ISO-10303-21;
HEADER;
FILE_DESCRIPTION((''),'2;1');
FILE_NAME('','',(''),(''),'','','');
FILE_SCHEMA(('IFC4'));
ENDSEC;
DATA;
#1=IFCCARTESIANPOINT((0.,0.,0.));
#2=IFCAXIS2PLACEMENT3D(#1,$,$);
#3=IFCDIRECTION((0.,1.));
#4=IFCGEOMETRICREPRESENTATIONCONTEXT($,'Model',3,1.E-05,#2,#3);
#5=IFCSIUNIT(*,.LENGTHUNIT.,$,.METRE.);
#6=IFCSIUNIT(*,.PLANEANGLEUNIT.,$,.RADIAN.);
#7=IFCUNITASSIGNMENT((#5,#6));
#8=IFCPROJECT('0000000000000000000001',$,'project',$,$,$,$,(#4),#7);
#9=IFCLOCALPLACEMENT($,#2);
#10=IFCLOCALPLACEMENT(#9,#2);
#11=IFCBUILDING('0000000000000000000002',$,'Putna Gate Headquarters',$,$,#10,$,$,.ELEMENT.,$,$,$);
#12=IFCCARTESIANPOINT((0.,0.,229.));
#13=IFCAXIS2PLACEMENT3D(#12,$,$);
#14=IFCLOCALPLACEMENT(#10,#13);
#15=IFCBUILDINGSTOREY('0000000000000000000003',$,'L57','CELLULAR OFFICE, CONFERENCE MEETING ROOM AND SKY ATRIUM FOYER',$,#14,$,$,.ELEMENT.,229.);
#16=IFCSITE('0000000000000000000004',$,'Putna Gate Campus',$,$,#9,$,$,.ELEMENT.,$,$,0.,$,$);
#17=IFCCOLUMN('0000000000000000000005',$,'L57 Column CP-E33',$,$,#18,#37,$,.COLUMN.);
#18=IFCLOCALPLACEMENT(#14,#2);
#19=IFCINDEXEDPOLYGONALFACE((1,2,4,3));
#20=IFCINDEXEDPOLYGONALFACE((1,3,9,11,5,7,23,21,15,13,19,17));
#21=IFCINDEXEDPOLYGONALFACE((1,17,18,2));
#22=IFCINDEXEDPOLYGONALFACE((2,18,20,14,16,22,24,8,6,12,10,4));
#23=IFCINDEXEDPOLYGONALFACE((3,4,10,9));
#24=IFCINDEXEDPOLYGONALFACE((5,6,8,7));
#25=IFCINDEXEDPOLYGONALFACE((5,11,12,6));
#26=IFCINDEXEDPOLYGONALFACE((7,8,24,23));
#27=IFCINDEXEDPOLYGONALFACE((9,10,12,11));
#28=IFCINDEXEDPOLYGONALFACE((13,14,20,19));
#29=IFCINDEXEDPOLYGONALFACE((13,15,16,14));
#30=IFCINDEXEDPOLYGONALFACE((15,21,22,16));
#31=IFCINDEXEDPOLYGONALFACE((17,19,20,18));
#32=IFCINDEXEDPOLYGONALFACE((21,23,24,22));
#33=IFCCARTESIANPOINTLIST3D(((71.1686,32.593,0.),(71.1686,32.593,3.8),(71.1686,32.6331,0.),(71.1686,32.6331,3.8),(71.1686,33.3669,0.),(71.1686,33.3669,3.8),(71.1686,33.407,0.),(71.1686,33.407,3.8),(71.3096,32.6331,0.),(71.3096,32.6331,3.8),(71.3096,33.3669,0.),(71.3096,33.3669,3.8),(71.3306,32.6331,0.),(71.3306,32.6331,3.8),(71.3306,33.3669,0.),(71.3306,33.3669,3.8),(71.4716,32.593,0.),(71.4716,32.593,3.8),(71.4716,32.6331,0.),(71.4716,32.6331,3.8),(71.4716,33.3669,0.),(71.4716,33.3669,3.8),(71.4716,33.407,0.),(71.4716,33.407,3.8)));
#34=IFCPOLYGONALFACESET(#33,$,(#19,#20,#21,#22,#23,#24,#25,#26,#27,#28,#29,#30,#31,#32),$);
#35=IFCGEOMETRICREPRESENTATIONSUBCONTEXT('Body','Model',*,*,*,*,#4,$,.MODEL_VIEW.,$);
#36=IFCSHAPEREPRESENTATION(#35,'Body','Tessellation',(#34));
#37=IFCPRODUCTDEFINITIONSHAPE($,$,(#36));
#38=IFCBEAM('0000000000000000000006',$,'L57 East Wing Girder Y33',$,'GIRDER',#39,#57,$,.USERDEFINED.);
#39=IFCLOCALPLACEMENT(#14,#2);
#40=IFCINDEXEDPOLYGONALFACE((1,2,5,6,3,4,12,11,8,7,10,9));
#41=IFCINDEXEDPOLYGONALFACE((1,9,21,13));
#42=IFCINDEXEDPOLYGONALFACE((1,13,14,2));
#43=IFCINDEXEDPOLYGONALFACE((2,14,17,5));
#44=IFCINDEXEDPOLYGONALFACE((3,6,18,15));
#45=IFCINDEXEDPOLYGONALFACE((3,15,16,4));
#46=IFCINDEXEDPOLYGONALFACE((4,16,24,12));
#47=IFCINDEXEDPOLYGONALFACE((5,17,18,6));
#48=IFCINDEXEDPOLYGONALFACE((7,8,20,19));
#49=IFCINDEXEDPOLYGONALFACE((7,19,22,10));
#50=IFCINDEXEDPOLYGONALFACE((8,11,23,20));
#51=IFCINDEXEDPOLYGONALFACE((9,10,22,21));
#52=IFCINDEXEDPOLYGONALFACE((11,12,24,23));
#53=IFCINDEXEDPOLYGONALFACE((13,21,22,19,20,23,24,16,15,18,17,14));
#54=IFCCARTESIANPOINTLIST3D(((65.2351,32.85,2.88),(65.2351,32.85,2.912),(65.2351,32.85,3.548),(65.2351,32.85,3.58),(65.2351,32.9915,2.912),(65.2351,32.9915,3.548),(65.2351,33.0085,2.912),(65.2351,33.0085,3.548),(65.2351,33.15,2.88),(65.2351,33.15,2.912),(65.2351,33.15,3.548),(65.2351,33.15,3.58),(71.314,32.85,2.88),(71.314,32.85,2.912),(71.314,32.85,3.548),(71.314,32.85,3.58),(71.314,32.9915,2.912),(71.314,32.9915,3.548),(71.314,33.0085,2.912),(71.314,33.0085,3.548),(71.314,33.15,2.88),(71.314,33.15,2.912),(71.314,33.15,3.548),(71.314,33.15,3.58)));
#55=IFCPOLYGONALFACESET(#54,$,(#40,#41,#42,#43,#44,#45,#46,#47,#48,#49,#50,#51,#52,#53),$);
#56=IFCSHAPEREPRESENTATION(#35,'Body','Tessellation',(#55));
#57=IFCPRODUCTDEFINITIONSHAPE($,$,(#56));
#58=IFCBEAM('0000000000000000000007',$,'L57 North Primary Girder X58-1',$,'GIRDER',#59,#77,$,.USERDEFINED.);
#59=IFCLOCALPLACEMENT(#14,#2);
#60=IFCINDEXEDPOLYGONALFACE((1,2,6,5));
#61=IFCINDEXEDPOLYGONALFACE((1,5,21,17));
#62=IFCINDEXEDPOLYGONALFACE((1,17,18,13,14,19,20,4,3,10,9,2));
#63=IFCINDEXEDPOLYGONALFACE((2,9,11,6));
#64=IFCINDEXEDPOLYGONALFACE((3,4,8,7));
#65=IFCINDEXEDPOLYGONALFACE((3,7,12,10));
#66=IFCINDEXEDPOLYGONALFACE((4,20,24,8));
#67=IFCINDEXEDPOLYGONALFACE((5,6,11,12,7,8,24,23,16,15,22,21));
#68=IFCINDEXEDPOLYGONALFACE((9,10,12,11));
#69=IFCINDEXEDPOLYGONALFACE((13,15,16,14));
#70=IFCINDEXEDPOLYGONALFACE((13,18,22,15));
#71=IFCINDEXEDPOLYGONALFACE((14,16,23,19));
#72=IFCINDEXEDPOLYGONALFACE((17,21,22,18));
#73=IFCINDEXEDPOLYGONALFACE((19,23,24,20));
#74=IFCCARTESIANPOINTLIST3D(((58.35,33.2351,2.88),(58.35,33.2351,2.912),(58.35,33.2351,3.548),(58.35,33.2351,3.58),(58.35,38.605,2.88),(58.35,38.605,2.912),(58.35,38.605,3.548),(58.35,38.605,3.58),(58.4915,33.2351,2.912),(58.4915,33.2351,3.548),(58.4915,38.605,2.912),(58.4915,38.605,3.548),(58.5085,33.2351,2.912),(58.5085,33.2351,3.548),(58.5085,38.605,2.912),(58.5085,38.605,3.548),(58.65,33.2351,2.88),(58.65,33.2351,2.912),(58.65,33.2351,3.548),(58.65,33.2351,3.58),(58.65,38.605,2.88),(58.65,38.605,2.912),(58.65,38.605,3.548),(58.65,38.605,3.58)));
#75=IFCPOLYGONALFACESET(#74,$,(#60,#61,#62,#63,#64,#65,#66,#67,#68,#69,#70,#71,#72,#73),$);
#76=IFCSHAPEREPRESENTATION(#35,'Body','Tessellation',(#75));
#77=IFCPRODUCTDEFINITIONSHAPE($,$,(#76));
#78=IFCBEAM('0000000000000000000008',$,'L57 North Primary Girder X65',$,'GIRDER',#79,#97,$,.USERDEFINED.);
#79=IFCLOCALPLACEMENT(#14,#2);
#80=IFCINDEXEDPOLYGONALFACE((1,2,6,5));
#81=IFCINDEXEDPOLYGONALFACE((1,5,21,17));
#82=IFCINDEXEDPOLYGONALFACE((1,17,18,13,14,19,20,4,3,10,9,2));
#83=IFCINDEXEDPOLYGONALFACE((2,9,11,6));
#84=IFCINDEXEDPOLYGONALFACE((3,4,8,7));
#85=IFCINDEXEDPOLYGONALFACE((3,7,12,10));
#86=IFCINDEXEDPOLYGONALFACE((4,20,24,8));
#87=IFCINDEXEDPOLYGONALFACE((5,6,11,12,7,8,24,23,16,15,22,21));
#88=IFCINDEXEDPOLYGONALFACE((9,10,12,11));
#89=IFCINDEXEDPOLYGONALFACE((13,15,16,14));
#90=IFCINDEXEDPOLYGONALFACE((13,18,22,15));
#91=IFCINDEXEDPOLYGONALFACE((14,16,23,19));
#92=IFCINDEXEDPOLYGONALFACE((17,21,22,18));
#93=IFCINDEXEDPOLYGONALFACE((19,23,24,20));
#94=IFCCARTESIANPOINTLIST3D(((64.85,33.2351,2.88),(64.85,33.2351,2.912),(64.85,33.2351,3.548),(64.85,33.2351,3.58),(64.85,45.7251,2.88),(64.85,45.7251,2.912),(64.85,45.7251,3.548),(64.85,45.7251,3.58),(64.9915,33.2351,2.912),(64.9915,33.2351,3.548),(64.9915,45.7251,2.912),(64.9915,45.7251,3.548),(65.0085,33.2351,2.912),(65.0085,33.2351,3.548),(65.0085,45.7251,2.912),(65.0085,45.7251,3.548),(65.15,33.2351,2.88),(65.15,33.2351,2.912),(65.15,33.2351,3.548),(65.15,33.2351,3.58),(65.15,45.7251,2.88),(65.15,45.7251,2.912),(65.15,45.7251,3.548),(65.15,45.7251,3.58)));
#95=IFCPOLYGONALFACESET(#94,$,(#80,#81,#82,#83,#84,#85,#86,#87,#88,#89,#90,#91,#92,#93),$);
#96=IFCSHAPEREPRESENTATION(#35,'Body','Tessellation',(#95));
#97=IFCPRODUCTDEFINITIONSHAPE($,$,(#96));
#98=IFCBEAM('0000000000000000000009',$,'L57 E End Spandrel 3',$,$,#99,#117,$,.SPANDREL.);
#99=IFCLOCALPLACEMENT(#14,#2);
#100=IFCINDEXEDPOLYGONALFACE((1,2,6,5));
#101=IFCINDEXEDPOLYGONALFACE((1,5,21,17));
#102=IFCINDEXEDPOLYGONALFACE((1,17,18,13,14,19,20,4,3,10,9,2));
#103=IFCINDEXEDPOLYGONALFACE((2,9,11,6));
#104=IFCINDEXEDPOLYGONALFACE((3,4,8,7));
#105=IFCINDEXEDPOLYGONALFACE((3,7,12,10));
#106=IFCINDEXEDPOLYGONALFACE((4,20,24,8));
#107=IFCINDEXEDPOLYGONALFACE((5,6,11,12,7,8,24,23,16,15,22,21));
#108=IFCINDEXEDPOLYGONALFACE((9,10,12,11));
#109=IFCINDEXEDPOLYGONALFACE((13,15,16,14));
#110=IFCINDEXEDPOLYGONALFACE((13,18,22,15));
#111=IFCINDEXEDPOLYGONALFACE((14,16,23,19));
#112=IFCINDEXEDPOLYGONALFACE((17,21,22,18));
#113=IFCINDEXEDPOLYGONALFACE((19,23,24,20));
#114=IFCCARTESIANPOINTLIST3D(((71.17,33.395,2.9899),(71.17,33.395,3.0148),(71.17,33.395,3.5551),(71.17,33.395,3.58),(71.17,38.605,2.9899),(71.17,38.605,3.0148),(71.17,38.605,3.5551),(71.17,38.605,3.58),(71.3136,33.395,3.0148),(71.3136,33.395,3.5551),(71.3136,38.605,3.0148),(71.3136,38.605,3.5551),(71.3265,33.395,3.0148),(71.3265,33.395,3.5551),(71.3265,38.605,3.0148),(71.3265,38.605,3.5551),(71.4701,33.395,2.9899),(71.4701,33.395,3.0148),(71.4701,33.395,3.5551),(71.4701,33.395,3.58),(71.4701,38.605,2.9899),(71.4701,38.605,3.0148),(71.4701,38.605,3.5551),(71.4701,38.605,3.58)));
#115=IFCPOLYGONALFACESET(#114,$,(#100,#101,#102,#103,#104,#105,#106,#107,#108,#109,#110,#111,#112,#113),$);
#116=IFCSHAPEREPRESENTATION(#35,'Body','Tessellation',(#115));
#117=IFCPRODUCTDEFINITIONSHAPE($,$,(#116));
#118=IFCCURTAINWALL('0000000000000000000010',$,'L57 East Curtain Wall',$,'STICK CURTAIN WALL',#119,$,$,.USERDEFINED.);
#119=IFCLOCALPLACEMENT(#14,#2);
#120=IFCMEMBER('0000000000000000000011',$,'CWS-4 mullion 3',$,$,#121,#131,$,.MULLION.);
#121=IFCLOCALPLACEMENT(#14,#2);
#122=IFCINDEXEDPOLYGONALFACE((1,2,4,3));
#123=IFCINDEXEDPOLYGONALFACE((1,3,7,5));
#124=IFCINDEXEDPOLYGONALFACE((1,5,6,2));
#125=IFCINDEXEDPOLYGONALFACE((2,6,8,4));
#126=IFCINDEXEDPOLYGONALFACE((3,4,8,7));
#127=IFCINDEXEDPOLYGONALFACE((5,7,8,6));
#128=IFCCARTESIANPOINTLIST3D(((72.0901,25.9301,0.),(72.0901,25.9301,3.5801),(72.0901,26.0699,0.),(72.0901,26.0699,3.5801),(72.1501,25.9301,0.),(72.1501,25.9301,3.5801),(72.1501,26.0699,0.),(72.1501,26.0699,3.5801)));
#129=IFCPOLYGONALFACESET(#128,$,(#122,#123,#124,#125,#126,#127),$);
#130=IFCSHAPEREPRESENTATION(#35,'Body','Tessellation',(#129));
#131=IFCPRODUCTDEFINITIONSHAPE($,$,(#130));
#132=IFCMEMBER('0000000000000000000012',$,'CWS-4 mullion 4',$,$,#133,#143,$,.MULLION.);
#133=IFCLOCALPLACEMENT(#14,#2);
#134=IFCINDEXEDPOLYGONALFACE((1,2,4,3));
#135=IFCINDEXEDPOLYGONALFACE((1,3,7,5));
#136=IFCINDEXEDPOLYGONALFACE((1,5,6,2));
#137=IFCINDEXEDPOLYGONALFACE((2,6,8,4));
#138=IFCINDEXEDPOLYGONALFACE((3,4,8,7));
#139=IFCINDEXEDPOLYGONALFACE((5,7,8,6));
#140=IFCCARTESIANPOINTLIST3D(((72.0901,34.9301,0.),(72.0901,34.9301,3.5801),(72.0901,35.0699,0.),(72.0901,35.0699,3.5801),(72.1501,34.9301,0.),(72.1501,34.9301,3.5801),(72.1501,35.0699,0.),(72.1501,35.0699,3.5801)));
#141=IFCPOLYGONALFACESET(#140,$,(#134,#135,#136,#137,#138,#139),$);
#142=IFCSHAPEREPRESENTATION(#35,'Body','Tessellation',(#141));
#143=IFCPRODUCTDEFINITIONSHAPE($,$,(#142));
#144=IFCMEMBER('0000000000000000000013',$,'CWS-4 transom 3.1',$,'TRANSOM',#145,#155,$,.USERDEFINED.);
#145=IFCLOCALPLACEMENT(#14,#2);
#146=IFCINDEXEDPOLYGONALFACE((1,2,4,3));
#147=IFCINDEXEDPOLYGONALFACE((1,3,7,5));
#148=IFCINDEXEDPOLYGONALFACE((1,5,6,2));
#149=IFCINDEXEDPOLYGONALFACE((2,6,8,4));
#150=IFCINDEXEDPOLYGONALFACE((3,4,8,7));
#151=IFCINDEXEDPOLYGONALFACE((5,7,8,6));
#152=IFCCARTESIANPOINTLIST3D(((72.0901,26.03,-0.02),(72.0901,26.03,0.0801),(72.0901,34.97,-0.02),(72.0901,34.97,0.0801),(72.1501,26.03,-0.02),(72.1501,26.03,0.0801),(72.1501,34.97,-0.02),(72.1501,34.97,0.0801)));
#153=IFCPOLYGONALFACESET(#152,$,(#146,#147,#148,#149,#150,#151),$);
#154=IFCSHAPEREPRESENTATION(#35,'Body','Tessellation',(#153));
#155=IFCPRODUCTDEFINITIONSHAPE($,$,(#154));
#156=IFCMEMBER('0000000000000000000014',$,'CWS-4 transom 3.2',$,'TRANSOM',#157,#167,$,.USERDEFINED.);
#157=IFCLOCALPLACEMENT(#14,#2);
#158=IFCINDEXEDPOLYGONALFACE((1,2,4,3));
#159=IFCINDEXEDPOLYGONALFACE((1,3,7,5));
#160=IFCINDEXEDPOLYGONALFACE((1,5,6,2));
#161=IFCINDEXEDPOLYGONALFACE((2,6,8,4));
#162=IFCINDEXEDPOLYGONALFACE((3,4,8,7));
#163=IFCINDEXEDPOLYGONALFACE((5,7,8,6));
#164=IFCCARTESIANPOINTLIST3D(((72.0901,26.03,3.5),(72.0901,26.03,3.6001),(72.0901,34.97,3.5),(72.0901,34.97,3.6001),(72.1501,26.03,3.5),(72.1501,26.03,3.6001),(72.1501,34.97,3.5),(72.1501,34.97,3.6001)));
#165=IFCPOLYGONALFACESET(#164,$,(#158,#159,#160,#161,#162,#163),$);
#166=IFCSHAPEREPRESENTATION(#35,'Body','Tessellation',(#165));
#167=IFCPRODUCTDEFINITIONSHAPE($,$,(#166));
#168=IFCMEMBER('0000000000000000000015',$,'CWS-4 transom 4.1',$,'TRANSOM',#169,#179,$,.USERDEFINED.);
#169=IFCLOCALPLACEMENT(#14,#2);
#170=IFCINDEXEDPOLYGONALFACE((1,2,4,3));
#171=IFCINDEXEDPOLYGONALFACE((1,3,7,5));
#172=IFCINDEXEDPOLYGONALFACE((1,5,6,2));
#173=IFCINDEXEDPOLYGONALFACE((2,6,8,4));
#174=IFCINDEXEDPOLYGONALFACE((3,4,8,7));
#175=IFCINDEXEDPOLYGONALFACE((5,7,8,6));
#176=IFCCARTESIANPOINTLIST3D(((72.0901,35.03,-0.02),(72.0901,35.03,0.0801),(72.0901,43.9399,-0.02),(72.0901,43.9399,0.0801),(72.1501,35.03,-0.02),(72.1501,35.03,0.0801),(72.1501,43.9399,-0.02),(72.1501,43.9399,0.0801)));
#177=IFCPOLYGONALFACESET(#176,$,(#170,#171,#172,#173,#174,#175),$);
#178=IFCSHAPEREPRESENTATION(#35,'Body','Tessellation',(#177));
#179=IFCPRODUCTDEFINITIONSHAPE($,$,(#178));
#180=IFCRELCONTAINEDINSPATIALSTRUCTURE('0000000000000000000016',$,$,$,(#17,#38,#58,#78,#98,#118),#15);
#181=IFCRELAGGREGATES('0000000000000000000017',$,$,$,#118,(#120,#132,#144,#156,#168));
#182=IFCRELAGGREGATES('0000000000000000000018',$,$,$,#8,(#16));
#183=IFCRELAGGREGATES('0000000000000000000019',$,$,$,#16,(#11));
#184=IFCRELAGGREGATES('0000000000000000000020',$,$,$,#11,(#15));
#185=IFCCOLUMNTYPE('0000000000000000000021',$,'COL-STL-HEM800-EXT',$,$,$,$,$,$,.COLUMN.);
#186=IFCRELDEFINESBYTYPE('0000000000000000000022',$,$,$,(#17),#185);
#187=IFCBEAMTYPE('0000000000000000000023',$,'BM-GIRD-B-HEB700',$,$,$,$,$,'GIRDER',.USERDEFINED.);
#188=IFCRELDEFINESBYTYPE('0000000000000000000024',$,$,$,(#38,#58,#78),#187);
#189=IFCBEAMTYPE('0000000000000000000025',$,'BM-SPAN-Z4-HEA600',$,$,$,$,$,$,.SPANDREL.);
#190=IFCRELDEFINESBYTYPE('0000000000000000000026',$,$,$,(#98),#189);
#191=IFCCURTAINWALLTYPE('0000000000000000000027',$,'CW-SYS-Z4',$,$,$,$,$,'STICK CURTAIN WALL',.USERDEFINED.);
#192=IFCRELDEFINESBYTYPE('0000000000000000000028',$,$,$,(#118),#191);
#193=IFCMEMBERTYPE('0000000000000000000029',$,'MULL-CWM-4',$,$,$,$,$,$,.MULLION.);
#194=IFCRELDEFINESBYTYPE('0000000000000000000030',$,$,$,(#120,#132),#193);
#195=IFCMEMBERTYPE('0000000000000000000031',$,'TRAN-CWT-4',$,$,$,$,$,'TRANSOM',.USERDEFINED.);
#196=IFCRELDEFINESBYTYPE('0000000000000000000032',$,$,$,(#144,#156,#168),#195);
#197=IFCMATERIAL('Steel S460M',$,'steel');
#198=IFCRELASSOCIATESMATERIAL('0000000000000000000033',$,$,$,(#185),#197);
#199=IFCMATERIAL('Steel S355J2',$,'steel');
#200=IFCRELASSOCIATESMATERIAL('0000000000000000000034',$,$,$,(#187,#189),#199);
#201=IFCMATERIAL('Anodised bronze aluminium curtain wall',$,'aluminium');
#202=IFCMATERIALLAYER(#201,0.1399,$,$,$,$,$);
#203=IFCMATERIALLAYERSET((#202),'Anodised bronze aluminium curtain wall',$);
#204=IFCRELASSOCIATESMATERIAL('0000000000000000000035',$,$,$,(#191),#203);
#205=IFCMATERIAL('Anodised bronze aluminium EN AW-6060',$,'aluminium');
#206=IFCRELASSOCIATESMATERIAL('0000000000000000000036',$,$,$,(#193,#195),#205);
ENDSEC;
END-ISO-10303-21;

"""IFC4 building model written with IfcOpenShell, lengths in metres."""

from ifc_helpers import new_model, si_unit, direction, frame, origin, origin_2d, place, context, subcontext, project, spatial, rectangle, i_section, extrude, material, layer, layer_set, material_profile, profile_set, type_object, element, aggregate, save


model = new_model("IFC4")

# Units and contexts
model_context = context("Model", 3, precision=1e-05, world=origin(), true_north=direction((0.0, 1.0)))
body_context = subcontext(model_context, "Body", "Model", "MODEL_VIEW")
ifc_project = project(units=[si_unit("LENGTHUNIT", "METRE"), si_unit("PLANEANGLEUNIT", "RADIAN")], contexts=[model_context])

# Site, building, storey
site_placement = place(None, origin())
site = spatial("IfcSite", under=ifc_project, at=site_placement, Name="Putna Gate Campus", CompositionType="ELEMENT", RefElevation=0.0)
building_placement = place(site_placement, origin())
building = spatial("IfcBuilding", under=site, at=building_placement, Name="Putna Gate Headquarters", CompositionType="ELEMENT")
storey_placement = place(building_placement, frame((0.0, 0.0, 229.0)))
storey = spatial("IfcBuildingStorey", under=building, at=storey_placement, Name="L57", Description="CELLULAR OFFICE, CONFERENCE MEETING ROOM AND SKY ATRIUM FOYER", CompositionType="ELEMENT", Elevation=229.0)

# Column
ifc_material_1 = material(Name="Steel S460M", Category="steel")
ifc_material_profile_1 = material_profile(ifc_material_1, i_section(OverallWidth=0.303, OverallDepth=0.814, WebThickness=0.021, FlangeThickness=0.04, at=origin_2d()), Name="Steel S460M")
ifc_profile_set_1 = profile_set([ifc_material_profile_1], Name="Steel S460M")
column_type = type_object("IfcColumnType", Name="COL-STL-HEM800-EXT", PredefinedType="COLUMN", material=ifc_profile_set_1)
column_placement = place(storey_placement, frame((71.3201, 33.0, 0.0), z_axis=(0.0, 0.0, 1.0), x_axis=(1.0, 0.0, 0.0)))
element("IfcColumn", 1, at=column_placement, inside=storey, type_object=column_type, Name="L57 Column CP-E33", PredefinedType="COLUMN", context=body_context, shape_type="SweptSolid", body=[
    extrude(i_section(OverallWidth=0.303, OverallDepth=0.814, WebThickness=0.021, FlangeThickness=0.04, at=origin_2d()), origin(), (0.0, 0.0, 1.0), 3.8),
])

# Beams
ifc_material_2 = material(Name="Steel S355J2", Category="steel")
ifc_material_profile_2 = material_profile(ifc_material_2, i_section(OverallWidth=0.3, OverallDepth=0.7, WebThickness=0.0171, FlangeThickness=0.032, at=origin_2d()), Name="Steel S355J2")
ifc_profile_set_2 = profile_set([ifc_material_profile_2], Name="Steel S355J2")
beam_type_1 = type_object("IfcBeamType", Name="BM-GIRD-B-HEB700", ElementType="GIRDER", PredefinedType="USERDEFINED", material=ifc_profile_set_2)
beam_1_placement = place(storey_placement, frame((65.2351, 33.0, 3.23), z_axis=(1.0, 0.0, 0.0), x_axis=(0.0, 1.0, 0.0)))
element("IfcBeam", 2, at=beam_1_placement, inside=storey, type_object=beam_type_1, Name="L57 East Wing Girder Y33", ObjectType="GIRDER", PredefinedType="USERDEFINED", context=body_context, shape_type="SweptSolid", body=[
    extrude(i_section(OverallWidth=0.3, OverallDepth=0.7, WebThickness=0.0171, FlangeThickness=0.032, at=origin_2d()), origin(), (0.0, 0.0, 1.0), 6.0789),
])
beam_2_placement = place(storey_placement, frame((58.5, 33.2351, 3.23), z_axis=(0.0, 1.0, 0.0), x_axis=(-1.0, 0.0, 0.0)))
element("IfcBeam", 3, at=beam_2_placement, inside=storey, type_object=beam_type_1, Name="L57 North Primary Girder X58-1", ObjectType="GIRDER", PredefinedType="USERDEFINED", context=body_context, shape_type="SweptSolid", body=[
    extrude(i_section(OverallWidth=0.3, OverallDepth=0.7, WebThickness=0.0171, FlangeThickness=0.032, at=origin_2d()), origin(), (0.0, 0.0, 1.0), 5.3699),
])
beam_3_placement = place(storey_placement, frame((65.0, 33.2351, 3.23), z_axis=(0.0, 1.0, 0.0), x_axis=(-1.0, 0.0, 0.0)))
element("IfcBeam", 4, at=beam_3_placement, inside=storey, type_object=beam_type_1, Name="L57 North Primary Girder X65", ObjectType="GIRDER", PredefinedType="USERDEFINED", context=body_context, shape_type="SweptSolid", body=[
    extrude(i_section(OverallWidth=0.3, OverallDepth=0.7, WebThickness=0.0171, FlangeThickness=0.032, at=origin_2d()), origin(), (0.0, 0.0, 1.0), 12.49),
])
ifc_material_profile_3 = material_profile(ifc_material_2, i_section(OverallWidth=0.3, OverallDepth=0.5901, WebThickness=0.0129, FlangeThickness=0.0249, at=origin_2d()), Name="Steel S355J2")
ifc_profile_set_3 = profile_set([ifc_material_profile_3], Name="Steel S355J2")
beam_type_2 = type_object("IfcBeamType", Name="BM-SPAN-Z4-HEA600", PredefinedType="SPANDREL", material=ifc_profile_set_3)
beam_4_placement = place(storey_placement, frame((71.3201, 33.395, 3.2849), z_axis=(0.0, 1.0, 0.0), x_axis=(-1.0, 0.0, 0.0)))
element("IfcBeam", 5, at=beam_4_placement, inside=storey, type_object=beam_type_2, Name="L57 E End Spandrel 3", PredefinedType="SPANDREL", context=body_context, shape_type="SweptSolid", body=[
    extrude(i_section(OverallWidth=0.3, OverallDepth=0.5901, WebThickness=0.0129, FlangeThickness=0.0249, at=origin_2d()), origin(), (0.0, 0.0, 1.0), 5.21),
])

# Curtain wall, members
ifc_material_3 = material(Name="Anodised bronze aluminium curtain wall", Category="aluminium")
ifc_layer_1 = layer(ifc_material_3, 0.1399)
ifc_layer_set_1 = layer_set([ifc_layer_1], Name="Anodised bronze aluminium curtain wall")
curtain_wall_type = type_object("IfcCurtainWallType", Name="CW-SYS-Z4", ElementType="STICK CURTAIN WALL", PredefinedType="USERDEFINED", material=ifc_layer_set_1)
curtain_wall_placement = place(storey_placement, origin())
curtain_wall = element("IfcCurtainWall", 6, at=curtain_wall_placement, inside=storey, type_object=curtain_wall_type, Name="L57 East Curtain Wall", ObjectType="STICK CURTAIN WALL", PredefinedType="USERDEFINED")
ifc_material_4 = material(Name="Anodised bronze aluminium EN AW-6060", Category="aluminium")
ifc_material_profile_4 = material_profile(ifc_material_4, rectangle(XDim=0.0601, YDim=0.1399, at=origin_2d()), Name="Anodised bronze aluminium EN AW-6060")
ifc_profile_set_4 = profile_set([ifc_material_profile_4], Name="Anodised bronze aluminium EN AW-6060")
member_type_1 = type_object("IfcMemberType", Name="MULL-CWM-4", PredefinedType="MULLION", material=ifc_profile_set_4)
member_1_placement = place(storey_placement, frame((72.1201, 26.0, 0.0), z_axis=(0.0, 0.0, 1.0), x_axis=(-1.0, 0.0, 0.0)))
member_1 = element("IfcMember", 7, at=member_1_placement, type_object=member_type_1, Name="CWS-4 mullion 3", PredefinedType="MULLION", context=body_context, shape_type="SweptSolid", body=[
    extrude(rectangle(XDim=0.0601, YDim=0.1399, at=origin_2d()), origin(), (0.0, 0.0, 1.0), 3.5801),
])
member_2_placement = place(storey_placement, frame((72.1201, 35.0, 0.0), z_axis=(0.0, 0.0, 1.0), x_axis=(-1.0, 0.0, 0.0)))
member_2 = element("IfcMember", 8, at=member_2_placement, type_object=member_type_1, Name="CWS-4 mullion 4", PredefinedType="MULLION", context=body_context, shape_type="SweptSolid", body=[
    extrude(rectangle(XDim=0.0601, YDim=0.1399, at=origin_2d()), origin(), (0.0, 0.0, 1.0), 3.5801),
])
ifc_material_profile_5 = material_profile(ifc_material_4, rectangle(XDim=0.0601, YDim=0.1001, at=origin_2d()), Name="Anodised bronze aluminium EN AW-6060")
ifc_profile_set_5 = profile_set([ifc_material_profile_5], Name="Anodised bronze aluminium EN AW-6060")
member_type_2 = type_object("IfcMemberType", Name="TRAN-CWT-4", ElementType="TRANSOM", PredefinedType="USERDEFINED", material=ifc_profile_set_5)
member_3_placement = place(storey_placement, frame((72.1201, 26.03, 0.03), z_axis=(0.0, 1.0, 0.0), x_axis=(-1.0, 0.0, 0.0)))
member_3 = element("IfcMember", 9, at=member_3_placement, type_object=member_type_2, Name="CWS-4 transom 3.1", ObjectType="TRANSOM", PredefinedType="USERDEFINED", context=body_context, shape_type="SweptSolid", body=[
    extrude(rectangle(XDim=0.0601, YDim=0.1001, at=origin_2d()), origin(), (0.0, 0.0, 1.0), 8.9399),
])
member_4_placement = place(storey_placement, frame((72.1201, 26.03, 3.55), z_axis=(0.0, 1.0, 0.0), x_axis=(-1.0, 0.0, 0.0)))
member_4 = element("IfcMember", 10, at=member_4_placement, type_object=member_type_2, Name="CWS-4 transom 3.2", ObjectType="TRANSOM", PredefinedType="USERDEFINED", context=body_context, shape_type="SweptSolid", body=[
    extrude(rectangle(XDim=0.0601, YDim=0.1001, at=origin_2d()), origin(), (0.0, 0.0, 1.0), 8.9399),
])
member_5_placement = place(storey_placement, frame((72.1201, 35.03, 0.03), z_axis=(0.0, 1.0, 0.0), x_axis=(-1.0, 0.0, 0.0)))
member_5 = element("IfcMember", 11, at=member_5_placement, type_object=member_type_2, Name="CWS-4 transom 4.1", ObjectType="TRANSOM", PredefinedType="USERDEFINED", context=body_context, shape_type="SweptSolid", body=[
    extrude(rectangle(XDim=0.0601, YDim=0.1001, at=origin_2d()), origin(), (0.0, 0.0, 1.0), 8.9099),
])
aggregate(curtain_wall, [member_1, member_2, member_3, member_4, member_5])

save(model, "model.ifc")
